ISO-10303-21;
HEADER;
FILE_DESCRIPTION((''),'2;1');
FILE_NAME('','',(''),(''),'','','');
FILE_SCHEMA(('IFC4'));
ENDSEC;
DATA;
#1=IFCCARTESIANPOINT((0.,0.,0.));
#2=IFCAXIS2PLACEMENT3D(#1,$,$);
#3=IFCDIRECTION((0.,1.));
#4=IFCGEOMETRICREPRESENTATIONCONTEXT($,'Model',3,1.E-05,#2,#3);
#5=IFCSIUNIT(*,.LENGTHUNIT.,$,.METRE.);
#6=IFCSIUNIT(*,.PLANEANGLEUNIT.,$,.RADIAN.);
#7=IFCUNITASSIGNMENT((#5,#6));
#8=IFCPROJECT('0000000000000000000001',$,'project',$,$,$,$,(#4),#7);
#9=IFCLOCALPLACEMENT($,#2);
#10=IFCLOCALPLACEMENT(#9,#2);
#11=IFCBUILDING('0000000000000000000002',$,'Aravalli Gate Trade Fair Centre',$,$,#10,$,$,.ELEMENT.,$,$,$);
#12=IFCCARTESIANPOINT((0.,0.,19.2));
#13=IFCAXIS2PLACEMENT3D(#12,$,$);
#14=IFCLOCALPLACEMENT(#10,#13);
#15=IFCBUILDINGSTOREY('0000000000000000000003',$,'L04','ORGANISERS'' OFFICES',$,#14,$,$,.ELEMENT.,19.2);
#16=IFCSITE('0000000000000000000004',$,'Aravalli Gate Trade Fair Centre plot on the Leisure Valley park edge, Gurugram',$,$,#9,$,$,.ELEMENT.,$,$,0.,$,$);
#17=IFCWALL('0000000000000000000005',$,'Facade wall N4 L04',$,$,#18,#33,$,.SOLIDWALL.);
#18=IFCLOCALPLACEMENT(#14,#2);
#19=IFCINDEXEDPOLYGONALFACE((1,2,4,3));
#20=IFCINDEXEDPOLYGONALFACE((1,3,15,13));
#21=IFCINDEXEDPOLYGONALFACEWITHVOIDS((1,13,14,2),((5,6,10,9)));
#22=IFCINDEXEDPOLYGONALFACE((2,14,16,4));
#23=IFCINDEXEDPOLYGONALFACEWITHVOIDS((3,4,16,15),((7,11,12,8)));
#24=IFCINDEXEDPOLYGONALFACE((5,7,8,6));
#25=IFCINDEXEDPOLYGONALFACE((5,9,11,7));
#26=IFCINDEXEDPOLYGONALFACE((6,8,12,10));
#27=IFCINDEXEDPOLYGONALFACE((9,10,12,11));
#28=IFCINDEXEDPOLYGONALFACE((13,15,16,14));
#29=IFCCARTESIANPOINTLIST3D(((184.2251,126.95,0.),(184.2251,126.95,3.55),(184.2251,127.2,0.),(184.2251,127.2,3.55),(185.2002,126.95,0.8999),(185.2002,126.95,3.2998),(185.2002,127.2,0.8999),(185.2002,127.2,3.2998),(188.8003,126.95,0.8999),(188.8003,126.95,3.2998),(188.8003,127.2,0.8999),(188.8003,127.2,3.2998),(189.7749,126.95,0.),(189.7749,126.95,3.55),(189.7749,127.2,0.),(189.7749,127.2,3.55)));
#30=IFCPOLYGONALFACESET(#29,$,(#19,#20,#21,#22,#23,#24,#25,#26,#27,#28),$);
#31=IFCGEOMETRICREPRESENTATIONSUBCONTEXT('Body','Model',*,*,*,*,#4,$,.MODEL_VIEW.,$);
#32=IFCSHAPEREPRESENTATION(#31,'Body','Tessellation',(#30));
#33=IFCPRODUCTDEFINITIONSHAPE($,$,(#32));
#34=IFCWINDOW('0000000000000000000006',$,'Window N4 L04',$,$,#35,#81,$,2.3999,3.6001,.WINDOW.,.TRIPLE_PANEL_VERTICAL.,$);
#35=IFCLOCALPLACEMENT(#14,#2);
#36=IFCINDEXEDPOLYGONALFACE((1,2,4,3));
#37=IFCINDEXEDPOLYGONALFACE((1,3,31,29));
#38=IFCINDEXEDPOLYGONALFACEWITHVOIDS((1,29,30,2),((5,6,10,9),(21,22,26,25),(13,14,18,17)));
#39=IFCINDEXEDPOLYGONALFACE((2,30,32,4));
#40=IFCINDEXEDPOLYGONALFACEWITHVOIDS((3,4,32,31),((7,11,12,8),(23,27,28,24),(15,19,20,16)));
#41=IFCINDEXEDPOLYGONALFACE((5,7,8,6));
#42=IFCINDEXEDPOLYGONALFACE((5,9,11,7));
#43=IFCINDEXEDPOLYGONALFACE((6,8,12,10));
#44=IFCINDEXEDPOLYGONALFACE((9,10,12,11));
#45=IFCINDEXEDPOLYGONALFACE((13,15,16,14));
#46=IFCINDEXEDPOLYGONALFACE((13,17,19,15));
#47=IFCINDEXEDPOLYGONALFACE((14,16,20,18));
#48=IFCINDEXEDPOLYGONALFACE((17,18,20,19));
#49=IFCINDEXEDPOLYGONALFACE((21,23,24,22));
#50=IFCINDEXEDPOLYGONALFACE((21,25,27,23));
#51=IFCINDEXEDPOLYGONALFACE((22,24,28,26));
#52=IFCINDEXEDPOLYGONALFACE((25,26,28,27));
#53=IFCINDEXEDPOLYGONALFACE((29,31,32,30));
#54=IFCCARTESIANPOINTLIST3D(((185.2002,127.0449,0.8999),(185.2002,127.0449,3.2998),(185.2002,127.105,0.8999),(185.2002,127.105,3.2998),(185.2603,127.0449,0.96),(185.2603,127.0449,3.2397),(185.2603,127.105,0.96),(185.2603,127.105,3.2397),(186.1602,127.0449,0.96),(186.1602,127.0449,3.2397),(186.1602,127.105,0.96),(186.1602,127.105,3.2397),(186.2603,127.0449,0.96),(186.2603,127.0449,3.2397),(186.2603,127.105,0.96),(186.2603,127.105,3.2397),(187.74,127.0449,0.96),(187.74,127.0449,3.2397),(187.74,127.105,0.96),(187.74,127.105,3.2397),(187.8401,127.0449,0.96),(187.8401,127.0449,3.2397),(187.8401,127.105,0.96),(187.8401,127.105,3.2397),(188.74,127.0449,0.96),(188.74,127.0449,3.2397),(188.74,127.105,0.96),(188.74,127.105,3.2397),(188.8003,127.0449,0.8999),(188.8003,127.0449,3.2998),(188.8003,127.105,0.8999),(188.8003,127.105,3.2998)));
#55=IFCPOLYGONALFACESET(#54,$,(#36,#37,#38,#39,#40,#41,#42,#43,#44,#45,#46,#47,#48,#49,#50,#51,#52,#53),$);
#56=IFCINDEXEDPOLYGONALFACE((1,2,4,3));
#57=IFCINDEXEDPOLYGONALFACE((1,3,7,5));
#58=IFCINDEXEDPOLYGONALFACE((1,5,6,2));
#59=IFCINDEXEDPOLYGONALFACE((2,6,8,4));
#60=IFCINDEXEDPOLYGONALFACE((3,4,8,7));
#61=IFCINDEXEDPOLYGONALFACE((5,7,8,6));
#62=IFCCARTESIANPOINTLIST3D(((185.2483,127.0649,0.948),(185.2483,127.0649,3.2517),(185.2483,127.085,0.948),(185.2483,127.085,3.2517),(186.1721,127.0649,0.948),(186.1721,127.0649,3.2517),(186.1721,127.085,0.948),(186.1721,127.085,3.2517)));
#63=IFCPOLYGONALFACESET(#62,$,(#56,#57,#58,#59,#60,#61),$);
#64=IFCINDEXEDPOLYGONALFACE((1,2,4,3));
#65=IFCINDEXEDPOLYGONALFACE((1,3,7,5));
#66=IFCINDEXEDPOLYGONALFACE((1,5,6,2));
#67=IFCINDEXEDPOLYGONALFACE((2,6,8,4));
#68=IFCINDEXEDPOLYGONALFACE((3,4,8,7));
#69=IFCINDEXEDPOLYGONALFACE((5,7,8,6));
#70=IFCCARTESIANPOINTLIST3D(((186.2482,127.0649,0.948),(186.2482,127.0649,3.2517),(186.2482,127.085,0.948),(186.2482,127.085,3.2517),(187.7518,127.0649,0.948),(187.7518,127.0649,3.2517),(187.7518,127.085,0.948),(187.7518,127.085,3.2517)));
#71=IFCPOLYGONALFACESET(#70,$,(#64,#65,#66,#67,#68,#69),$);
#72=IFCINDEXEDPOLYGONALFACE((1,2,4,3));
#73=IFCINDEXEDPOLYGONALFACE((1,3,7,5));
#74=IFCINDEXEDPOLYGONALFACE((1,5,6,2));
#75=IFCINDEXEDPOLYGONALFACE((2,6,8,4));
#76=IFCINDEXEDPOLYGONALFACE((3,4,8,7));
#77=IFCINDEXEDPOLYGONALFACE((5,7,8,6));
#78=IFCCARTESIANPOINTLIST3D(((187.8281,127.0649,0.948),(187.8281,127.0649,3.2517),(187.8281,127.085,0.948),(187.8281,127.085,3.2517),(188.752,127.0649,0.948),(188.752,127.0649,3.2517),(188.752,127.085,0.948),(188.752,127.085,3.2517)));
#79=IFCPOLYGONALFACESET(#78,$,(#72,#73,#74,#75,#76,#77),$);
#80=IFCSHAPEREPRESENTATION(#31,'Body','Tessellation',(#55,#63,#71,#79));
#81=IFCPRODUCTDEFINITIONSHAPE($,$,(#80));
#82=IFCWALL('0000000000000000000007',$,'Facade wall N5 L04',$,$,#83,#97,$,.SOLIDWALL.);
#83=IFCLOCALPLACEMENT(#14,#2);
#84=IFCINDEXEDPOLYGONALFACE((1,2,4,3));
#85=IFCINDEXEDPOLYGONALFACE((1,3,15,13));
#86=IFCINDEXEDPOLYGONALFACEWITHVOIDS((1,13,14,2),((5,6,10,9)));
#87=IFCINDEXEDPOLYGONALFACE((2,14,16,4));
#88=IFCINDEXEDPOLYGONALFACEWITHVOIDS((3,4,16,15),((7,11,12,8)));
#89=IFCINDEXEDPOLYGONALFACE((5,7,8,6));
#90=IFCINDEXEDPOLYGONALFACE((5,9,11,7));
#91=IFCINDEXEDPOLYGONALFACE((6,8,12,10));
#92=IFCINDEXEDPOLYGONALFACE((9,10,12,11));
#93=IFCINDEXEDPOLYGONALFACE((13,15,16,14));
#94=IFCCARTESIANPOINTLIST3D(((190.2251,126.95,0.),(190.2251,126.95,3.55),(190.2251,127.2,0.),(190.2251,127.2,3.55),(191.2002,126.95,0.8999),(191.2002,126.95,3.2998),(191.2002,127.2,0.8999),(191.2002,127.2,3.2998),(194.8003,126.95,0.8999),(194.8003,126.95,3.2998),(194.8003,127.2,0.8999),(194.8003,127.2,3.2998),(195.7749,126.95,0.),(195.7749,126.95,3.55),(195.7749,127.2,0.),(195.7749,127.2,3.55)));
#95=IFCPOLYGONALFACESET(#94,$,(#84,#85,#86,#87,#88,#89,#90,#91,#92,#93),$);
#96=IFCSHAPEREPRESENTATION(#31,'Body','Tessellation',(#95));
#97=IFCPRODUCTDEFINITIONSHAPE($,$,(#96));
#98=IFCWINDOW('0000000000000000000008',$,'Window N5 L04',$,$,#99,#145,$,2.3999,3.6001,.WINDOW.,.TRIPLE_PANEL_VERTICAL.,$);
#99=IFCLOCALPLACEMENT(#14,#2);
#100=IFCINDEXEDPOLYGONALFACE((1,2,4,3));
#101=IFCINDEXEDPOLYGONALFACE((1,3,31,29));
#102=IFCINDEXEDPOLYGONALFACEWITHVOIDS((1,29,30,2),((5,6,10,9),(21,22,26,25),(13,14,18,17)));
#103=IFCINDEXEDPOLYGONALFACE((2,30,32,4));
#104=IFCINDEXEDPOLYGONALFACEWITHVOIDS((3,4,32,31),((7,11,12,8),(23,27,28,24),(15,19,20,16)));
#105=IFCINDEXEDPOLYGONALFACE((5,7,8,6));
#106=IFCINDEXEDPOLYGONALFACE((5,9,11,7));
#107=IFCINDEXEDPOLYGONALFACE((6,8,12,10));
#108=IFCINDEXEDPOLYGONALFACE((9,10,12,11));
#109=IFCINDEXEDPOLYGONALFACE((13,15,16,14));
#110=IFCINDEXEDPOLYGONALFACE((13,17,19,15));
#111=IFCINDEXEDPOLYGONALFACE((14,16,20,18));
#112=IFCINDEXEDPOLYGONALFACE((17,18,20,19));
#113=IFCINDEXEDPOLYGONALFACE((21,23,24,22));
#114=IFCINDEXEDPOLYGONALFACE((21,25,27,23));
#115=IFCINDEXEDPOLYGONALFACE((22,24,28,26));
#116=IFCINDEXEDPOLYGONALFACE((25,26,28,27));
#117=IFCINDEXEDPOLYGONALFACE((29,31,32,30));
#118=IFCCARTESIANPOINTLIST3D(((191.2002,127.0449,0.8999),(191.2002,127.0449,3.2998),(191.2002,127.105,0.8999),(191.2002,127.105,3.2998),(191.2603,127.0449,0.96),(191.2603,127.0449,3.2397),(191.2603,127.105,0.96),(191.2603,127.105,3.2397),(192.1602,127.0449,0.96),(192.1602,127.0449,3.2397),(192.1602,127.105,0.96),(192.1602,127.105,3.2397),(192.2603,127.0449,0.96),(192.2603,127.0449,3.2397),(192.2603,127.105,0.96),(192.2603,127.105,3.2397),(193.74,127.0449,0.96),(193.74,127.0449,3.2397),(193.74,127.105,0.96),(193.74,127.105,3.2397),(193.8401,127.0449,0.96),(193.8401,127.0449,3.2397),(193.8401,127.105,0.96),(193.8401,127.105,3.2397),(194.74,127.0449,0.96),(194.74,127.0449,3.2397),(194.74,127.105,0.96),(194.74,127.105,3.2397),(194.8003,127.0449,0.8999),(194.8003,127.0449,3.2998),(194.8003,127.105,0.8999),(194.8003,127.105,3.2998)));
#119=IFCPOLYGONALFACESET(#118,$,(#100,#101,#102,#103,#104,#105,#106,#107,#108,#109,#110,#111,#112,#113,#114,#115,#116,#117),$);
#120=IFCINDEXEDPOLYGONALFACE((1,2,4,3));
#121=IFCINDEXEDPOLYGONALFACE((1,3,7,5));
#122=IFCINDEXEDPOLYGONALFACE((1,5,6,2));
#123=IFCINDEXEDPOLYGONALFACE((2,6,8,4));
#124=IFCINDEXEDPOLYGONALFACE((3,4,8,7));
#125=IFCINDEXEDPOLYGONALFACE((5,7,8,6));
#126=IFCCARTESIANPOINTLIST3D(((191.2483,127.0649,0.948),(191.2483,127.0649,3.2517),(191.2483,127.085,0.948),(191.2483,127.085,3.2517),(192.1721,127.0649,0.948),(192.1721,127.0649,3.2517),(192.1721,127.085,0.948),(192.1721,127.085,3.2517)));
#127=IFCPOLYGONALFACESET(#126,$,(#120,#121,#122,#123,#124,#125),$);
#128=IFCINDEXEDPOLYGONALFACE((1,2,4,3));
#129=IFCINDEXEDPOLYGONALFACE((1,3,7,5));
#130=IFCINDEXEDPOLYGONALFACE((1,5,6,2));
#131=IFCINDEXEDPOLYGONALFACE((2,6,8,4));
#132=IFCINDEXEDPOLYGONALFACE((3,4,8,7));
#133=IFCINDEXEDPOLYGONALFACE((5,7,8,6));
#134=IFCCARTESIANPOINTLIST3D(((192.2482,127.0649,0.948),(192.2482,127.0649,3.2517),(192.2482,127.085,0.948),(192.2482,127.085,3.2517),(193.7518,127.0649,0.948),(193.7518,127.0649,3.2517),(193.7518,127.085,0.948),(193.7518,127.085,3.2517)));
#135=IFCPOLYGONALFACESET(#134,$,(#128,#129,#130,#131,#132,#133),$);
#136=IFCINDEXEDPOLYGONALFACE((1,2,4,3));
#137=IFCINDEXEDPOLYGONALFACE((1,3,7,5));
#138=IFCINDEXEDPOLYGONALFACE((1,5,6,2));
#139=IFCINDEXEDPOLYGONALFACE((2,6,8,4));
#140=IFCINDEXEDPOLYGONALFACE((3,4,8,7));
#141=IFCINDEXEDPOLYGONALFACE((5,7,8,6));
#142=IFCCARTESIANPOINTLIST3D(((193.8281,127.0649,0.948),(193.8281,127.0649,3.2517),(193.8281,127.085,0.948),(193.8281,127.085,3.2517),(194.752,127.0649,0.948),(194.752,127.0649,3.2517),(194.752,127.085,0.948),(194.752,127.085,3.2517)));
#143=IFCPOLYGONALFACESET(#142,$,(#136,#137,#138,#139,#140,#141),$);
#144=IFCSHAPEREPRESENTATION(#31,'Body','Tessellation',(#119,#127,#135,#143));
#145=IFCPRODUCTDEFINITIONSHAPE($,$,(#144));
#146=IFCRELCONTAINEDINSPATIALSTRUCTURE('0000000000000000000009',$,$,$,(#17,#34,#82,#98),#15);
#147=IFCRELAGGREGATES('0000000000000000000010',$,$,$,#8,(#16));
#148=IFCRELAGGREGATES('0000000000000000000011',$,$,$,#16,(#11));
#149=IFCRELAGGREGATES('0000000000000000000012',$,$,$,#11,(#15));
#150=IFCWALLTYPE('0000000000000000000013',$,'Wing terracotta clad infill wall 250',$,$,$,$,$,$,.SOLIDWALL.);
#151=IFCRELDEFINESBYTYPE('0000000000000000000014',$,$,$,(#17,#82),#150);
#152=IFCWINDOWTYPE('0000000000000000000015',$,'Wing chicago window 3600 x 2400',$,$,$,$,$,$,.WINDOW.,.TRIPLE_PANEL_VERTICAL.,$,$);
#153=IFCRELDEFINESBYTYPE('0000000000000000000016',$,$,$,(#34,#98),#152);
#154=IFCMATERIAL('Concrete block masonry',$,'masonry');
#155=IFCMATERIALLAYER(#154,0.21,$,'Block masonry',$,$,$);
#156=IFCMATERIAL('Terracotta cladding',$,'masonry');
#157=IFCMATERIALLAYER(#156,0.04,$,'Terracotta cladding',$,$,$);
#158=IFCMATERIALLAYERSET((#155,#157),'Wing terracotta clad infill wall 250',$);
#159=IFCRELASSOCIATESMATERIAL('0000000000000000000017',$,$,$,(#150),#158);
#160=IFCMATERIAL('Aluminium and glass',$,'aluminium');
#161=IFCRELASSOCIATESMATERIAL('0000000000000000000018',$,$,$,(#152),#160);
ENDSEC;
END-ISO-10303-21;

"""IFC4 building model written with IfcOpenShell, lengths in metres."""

from ifc_helpers import new_model, si_unit, direction, frame, frame_2d, origin, place, context, subcontext, project, spatial, polyline, rectangle, outline, extrude, material, layer, layer_set, type_object, element, fill, save


model = new_model("IFC4")

# Units and contexts
model_context = context("Model", 3, precision=1e-05, world=origin(), true_north=direction((0.0, 1.0)))
body_context = subcontext(model_context, "Body", "Model", "MODEL_VIEW")
ifc_project = project(units=[si_unit("LENGTHUNIT", "METRE"), si_unit("PLANEANGLEUNIT", "RADIAN")], contexts=[model_context])

# Site, building, storey
site_placement = place(None, origin())
site = spatial("IfcSite", under=ifc_project, at=site_placement, Name="Aravalli Gate Trade Fair Centre plot on the Leisure Valley park edge, Gurugram", CompositionType="ELEMENT", RefElevation=0.0)
building_placement = place(site_placement, origin())
building = spatial("IfcBuilding", under=site, at=building_placement, Name="Aravalli Gate Trade Fair Centre", CompositionType="ELEMENT")
storey_placement = place(building_placement, frame((0.0, 0.0, 19.2)))
storey = spatial("IfcBuildingStorey", under=building, at=storey_placement, Name="L04", Description="ORGANISERS' OFFICES", CompositionType="ELEMENT", Elevation=19.2)

# Walls, openings, windows
ifc_material_1 = material(Name="Concrete block masonry", Category="masonry")
ifc_layer_1 = layer(ifc_material_1, 0.21, Name="Block masonry")
ifc_material_2 = material(Name="Terracotta cladding", Category="masonry")
ifc_layer_2 = layer(ifc_material_2, 0.04, Name="Terracotta cladding")
ifc_layer_set_1 = layer_set([ifc_layer_1, ifc_layer_2], Name="Wing terracotta clad infill wall 250")
wall_type_1 = type_object("IfcWallType", Name="Wing terracotta clad infill wall 250", PredefinedType="SOLIDWALL", material=ifc_layer_set_1)
wall_1_placement = place(storey_placement, frame((184.2251, 127.075, 0.0), z_axis=(0.0, 0.0, 1.0), x_axis=(1.0, 0.0, 0.0)))
wall_1 = element("IfcWall", 1, at=wall_1_placement, inside=storey, type_object=wall_type_1, Name="Facade wall N4 L04", PredefinedType="SOLIDWALL", context=body_context, shape_type="SweptSolid", body=[
    extrude(rectangle(XDim=5.5498, YDim=0.25, at=frame_2d((2.7749, 0.0))), origin(), (0.0, 0.0, 1.0), 3.55),
])
opening_1_placement = place(wall_1_placement, frame((0.9751, 0.0, 0.8999)))
opening_1 = element("IfcOpeningElement", 2, at=opening_1_placement, cuts=wall_1, PredefinedType="OPENING", context=body_context, shape_type="SweptSolid", body=[
    extrude(rectangle(XDim=3.6001, YDim=2.3999, at=frame_2d((1.8, 1.2))), frame((0.0, 0.135, 0.0), z_axis=(0.0, -1.0, 0.0), x_axis=(1.0, 0.0, 0.0)), (0.0, 0.0, 1.0), 0.27),
])
ifc_material_3 = material(Name="Aluminium and glass", Category="aluminium")
window_type = type_object("IfcWindowType", Name="Wing chicago window 3600 x 2400", PartitioningType="TRIPLE_PANEL_VERTICAL", PredefinedType="WINDOW", material=ifc_material_3)
window_1_placement = place(opening_1_placement, origin())
window_1 = element("IfcWindow", 3, at=window_1_placement, inside=storey, type_object=window_type, Name="Window N4 L04", OverallHeight=2.3999, OverallWidth=3.6001, PartitioningType="TRIPLE_PANEL_VERTICAL", PredefinedType="WINDOW", context=body_context, shape_type="SweptSolid", body=[
    extrude(outline(polyline([(0.0, 0.0), (3.6001, 0.0), (3.6001, 2.3999), (0.0, 2.3999), (0.0, 0.0)]), holes=[polyline([(0.0601, 0.0601), (0.96, 0.0601), (0.96, 2.3398), (0.0601, 2.3398), (0.0601, 0.0601)]), polyline([(1.0601, 0.0601), (2.5398, 0.0601), (2.5398, 2.3398), (1.0601, 2.3398), (1.0601, 0.0601)]), polyline([(2.6399, 0.0601), (3.5398, 0.0601), (3.5398, 2.3398), (2.6399, 2.3398), (2.6399, 0.0601)])]), frame((0.0, 0.03, 0.0), z_axis=(0.0, -1.0, 0.0), x_axis=(1.0, 0.0, 0.0)), (0.0, 0.0, 1.0), 0.0601),
    extrude(rectangle(XDim=0.9238, YDim=2.3037, at=frame_2d((0.51, 1.2))), frame((0.0, 0.01, 0.0), z_axis=(0.0, -1.0, 0.0), x_axis=(1.0, 0.0, 0.0)), (0.0, 0.0, 1.0), 0.02),
    extrude(rectangle(XDim=1.5037, YDim=2.3037, at=frame_2d((1.7998, 1.2))), frame((0.0, 0.01, 0.0), z_axis=(0.0, -1.0, 0.0), x_axis=(1.0, 0.0, 0.0)), (0.0, 0.0, 1.0), 0.02),
    extrude(rectangle(XDim=0.9238, YDim=2.3037, at=frame_2d((3.0898, 1.2))), frame((0.0, 0.01, 0.0), z_axis=(0.0, -1.0, 0.0), x_axis=(1.0, 0.0, 0.0)), (0.0, 0.0, 1.0), 0.02),
])
fill(opening_1, window_1)
wall_2_placement = place(storey_placement, frame((190.2251, 127.075, 0.0), z_axis=(0.0, 0.0, 1.0), x_axis=(1.0, 0.0, 0.0)))
wall_2 = element("IfcWall", 4, at=wall_2_placement, inside=storey, type_object=wall_type_1, Name="Facade wall N5 L04", PredefinedType="SOLIDWALL", context=body_context, shape_type="SweptSolid", body=[
    extrude(rectangle(XDim=5.5498, YDim=0.25, at=frame_2d((2.7749, 0.0))), origin(), (0.0, 0.0, 1.0), 3.55),
])
opening_2_placement = place(wall_2_placement, frame((0.9751, 0.0, 0.8999)))
opening_2 = element("IfcOpeningElement", 5, at=opening_2_placement, cuts=wall_2, PredefinedType="OPENING", context=body_context, shape_type="SweptSolid", body=[
    extrude(rectangle(XDim=3.6001, YDim=2.3999, at=frame_2d((1.8, 1.2))), frame((0.0, 0.135, 0.0), z_axis=(0.0, -1.0, 0.0), x_axis=(1.0, 0.0, 0.0)), (0.0, 0.0, 1.0), 0.27),
])
window_2_placement = place(opening_2_placement, origin())
window_2 = element("IfcWindow", 6, at=window_2_placement, inside=storey, type_object=window_type, Name="Window N5 L04", OverallHeight=2.3999, OverallWidth=3.6001, PartitioningType="TRIPLE_PANEL_VERTICAL", PredefinedType="WINDOW", context=body_context, shape_type="SweptSolid", body=[
    extrude(outline(polyline([(0.0, 0.0), (3.6001, 0.0), (3.6001, 2.3999), (0.0, 2.3999), (0.0, 0.0)]), holes=[polyline([(0.0601, 0.0601), (0.96, 0.0601), (0.96, 2.3398), (0.0601, 2.3398), (0.0601, 0.0601)]), polyline([(1.0601, 0.0601), (2.5398, 0.0601), (2.5398, 2.3398), (1.0601, 2.3398), (1.0601, 0.0601)]), polyline([(2.6399, 0.0601), (3.5398, 0.0601), (3.5398, 2.3398), (2.6399, 2.3398), (2.6399, 0.0601)])]), frame((0.0, 0.03, 0.0), z_axis=(0.0, -1.0, 0.0), x_axis=(1.0, 0.0, 0.0)), (0.0, 0.0, 1.0), 0.0601),
    extrude(rectangle(XDim=0.9238, YDim=2.3037, at=frame_2d((0.51, 1.2))), frame((0.0, 0.01, 0.0), z_axis=(0.0, -1.0, 0.0), x_axis=(1.0, 0.0, 0.0)), (0.0, 0.0, 1.0), 0.02),
    extrude(rectangle(XDim=1.5037, YDim=2.3037, at=frame_2d((1.7998, 1.2))), frame((0.0, 0.01, 0.0), z_axis=(0.0, -1.0, 0.0), x_axis=(1.0, 0.0, 0.0)), (0.0, 0.0, 1.0), 0.02),
    extrude(rectangle(XDim=0.9238, YDim=2.3037, at=frame_2d((3.0898, 1.2))), frame((0.0, 0.01, 0.0), z_axis=(0.0, -1.0, 0.0), x_axis=(1.0, 0.0, 0.0)), (0.0, 0.0, 1.0), 0.02),
])
fill(opening_2, window_2)

save(model, "model.ifc")
